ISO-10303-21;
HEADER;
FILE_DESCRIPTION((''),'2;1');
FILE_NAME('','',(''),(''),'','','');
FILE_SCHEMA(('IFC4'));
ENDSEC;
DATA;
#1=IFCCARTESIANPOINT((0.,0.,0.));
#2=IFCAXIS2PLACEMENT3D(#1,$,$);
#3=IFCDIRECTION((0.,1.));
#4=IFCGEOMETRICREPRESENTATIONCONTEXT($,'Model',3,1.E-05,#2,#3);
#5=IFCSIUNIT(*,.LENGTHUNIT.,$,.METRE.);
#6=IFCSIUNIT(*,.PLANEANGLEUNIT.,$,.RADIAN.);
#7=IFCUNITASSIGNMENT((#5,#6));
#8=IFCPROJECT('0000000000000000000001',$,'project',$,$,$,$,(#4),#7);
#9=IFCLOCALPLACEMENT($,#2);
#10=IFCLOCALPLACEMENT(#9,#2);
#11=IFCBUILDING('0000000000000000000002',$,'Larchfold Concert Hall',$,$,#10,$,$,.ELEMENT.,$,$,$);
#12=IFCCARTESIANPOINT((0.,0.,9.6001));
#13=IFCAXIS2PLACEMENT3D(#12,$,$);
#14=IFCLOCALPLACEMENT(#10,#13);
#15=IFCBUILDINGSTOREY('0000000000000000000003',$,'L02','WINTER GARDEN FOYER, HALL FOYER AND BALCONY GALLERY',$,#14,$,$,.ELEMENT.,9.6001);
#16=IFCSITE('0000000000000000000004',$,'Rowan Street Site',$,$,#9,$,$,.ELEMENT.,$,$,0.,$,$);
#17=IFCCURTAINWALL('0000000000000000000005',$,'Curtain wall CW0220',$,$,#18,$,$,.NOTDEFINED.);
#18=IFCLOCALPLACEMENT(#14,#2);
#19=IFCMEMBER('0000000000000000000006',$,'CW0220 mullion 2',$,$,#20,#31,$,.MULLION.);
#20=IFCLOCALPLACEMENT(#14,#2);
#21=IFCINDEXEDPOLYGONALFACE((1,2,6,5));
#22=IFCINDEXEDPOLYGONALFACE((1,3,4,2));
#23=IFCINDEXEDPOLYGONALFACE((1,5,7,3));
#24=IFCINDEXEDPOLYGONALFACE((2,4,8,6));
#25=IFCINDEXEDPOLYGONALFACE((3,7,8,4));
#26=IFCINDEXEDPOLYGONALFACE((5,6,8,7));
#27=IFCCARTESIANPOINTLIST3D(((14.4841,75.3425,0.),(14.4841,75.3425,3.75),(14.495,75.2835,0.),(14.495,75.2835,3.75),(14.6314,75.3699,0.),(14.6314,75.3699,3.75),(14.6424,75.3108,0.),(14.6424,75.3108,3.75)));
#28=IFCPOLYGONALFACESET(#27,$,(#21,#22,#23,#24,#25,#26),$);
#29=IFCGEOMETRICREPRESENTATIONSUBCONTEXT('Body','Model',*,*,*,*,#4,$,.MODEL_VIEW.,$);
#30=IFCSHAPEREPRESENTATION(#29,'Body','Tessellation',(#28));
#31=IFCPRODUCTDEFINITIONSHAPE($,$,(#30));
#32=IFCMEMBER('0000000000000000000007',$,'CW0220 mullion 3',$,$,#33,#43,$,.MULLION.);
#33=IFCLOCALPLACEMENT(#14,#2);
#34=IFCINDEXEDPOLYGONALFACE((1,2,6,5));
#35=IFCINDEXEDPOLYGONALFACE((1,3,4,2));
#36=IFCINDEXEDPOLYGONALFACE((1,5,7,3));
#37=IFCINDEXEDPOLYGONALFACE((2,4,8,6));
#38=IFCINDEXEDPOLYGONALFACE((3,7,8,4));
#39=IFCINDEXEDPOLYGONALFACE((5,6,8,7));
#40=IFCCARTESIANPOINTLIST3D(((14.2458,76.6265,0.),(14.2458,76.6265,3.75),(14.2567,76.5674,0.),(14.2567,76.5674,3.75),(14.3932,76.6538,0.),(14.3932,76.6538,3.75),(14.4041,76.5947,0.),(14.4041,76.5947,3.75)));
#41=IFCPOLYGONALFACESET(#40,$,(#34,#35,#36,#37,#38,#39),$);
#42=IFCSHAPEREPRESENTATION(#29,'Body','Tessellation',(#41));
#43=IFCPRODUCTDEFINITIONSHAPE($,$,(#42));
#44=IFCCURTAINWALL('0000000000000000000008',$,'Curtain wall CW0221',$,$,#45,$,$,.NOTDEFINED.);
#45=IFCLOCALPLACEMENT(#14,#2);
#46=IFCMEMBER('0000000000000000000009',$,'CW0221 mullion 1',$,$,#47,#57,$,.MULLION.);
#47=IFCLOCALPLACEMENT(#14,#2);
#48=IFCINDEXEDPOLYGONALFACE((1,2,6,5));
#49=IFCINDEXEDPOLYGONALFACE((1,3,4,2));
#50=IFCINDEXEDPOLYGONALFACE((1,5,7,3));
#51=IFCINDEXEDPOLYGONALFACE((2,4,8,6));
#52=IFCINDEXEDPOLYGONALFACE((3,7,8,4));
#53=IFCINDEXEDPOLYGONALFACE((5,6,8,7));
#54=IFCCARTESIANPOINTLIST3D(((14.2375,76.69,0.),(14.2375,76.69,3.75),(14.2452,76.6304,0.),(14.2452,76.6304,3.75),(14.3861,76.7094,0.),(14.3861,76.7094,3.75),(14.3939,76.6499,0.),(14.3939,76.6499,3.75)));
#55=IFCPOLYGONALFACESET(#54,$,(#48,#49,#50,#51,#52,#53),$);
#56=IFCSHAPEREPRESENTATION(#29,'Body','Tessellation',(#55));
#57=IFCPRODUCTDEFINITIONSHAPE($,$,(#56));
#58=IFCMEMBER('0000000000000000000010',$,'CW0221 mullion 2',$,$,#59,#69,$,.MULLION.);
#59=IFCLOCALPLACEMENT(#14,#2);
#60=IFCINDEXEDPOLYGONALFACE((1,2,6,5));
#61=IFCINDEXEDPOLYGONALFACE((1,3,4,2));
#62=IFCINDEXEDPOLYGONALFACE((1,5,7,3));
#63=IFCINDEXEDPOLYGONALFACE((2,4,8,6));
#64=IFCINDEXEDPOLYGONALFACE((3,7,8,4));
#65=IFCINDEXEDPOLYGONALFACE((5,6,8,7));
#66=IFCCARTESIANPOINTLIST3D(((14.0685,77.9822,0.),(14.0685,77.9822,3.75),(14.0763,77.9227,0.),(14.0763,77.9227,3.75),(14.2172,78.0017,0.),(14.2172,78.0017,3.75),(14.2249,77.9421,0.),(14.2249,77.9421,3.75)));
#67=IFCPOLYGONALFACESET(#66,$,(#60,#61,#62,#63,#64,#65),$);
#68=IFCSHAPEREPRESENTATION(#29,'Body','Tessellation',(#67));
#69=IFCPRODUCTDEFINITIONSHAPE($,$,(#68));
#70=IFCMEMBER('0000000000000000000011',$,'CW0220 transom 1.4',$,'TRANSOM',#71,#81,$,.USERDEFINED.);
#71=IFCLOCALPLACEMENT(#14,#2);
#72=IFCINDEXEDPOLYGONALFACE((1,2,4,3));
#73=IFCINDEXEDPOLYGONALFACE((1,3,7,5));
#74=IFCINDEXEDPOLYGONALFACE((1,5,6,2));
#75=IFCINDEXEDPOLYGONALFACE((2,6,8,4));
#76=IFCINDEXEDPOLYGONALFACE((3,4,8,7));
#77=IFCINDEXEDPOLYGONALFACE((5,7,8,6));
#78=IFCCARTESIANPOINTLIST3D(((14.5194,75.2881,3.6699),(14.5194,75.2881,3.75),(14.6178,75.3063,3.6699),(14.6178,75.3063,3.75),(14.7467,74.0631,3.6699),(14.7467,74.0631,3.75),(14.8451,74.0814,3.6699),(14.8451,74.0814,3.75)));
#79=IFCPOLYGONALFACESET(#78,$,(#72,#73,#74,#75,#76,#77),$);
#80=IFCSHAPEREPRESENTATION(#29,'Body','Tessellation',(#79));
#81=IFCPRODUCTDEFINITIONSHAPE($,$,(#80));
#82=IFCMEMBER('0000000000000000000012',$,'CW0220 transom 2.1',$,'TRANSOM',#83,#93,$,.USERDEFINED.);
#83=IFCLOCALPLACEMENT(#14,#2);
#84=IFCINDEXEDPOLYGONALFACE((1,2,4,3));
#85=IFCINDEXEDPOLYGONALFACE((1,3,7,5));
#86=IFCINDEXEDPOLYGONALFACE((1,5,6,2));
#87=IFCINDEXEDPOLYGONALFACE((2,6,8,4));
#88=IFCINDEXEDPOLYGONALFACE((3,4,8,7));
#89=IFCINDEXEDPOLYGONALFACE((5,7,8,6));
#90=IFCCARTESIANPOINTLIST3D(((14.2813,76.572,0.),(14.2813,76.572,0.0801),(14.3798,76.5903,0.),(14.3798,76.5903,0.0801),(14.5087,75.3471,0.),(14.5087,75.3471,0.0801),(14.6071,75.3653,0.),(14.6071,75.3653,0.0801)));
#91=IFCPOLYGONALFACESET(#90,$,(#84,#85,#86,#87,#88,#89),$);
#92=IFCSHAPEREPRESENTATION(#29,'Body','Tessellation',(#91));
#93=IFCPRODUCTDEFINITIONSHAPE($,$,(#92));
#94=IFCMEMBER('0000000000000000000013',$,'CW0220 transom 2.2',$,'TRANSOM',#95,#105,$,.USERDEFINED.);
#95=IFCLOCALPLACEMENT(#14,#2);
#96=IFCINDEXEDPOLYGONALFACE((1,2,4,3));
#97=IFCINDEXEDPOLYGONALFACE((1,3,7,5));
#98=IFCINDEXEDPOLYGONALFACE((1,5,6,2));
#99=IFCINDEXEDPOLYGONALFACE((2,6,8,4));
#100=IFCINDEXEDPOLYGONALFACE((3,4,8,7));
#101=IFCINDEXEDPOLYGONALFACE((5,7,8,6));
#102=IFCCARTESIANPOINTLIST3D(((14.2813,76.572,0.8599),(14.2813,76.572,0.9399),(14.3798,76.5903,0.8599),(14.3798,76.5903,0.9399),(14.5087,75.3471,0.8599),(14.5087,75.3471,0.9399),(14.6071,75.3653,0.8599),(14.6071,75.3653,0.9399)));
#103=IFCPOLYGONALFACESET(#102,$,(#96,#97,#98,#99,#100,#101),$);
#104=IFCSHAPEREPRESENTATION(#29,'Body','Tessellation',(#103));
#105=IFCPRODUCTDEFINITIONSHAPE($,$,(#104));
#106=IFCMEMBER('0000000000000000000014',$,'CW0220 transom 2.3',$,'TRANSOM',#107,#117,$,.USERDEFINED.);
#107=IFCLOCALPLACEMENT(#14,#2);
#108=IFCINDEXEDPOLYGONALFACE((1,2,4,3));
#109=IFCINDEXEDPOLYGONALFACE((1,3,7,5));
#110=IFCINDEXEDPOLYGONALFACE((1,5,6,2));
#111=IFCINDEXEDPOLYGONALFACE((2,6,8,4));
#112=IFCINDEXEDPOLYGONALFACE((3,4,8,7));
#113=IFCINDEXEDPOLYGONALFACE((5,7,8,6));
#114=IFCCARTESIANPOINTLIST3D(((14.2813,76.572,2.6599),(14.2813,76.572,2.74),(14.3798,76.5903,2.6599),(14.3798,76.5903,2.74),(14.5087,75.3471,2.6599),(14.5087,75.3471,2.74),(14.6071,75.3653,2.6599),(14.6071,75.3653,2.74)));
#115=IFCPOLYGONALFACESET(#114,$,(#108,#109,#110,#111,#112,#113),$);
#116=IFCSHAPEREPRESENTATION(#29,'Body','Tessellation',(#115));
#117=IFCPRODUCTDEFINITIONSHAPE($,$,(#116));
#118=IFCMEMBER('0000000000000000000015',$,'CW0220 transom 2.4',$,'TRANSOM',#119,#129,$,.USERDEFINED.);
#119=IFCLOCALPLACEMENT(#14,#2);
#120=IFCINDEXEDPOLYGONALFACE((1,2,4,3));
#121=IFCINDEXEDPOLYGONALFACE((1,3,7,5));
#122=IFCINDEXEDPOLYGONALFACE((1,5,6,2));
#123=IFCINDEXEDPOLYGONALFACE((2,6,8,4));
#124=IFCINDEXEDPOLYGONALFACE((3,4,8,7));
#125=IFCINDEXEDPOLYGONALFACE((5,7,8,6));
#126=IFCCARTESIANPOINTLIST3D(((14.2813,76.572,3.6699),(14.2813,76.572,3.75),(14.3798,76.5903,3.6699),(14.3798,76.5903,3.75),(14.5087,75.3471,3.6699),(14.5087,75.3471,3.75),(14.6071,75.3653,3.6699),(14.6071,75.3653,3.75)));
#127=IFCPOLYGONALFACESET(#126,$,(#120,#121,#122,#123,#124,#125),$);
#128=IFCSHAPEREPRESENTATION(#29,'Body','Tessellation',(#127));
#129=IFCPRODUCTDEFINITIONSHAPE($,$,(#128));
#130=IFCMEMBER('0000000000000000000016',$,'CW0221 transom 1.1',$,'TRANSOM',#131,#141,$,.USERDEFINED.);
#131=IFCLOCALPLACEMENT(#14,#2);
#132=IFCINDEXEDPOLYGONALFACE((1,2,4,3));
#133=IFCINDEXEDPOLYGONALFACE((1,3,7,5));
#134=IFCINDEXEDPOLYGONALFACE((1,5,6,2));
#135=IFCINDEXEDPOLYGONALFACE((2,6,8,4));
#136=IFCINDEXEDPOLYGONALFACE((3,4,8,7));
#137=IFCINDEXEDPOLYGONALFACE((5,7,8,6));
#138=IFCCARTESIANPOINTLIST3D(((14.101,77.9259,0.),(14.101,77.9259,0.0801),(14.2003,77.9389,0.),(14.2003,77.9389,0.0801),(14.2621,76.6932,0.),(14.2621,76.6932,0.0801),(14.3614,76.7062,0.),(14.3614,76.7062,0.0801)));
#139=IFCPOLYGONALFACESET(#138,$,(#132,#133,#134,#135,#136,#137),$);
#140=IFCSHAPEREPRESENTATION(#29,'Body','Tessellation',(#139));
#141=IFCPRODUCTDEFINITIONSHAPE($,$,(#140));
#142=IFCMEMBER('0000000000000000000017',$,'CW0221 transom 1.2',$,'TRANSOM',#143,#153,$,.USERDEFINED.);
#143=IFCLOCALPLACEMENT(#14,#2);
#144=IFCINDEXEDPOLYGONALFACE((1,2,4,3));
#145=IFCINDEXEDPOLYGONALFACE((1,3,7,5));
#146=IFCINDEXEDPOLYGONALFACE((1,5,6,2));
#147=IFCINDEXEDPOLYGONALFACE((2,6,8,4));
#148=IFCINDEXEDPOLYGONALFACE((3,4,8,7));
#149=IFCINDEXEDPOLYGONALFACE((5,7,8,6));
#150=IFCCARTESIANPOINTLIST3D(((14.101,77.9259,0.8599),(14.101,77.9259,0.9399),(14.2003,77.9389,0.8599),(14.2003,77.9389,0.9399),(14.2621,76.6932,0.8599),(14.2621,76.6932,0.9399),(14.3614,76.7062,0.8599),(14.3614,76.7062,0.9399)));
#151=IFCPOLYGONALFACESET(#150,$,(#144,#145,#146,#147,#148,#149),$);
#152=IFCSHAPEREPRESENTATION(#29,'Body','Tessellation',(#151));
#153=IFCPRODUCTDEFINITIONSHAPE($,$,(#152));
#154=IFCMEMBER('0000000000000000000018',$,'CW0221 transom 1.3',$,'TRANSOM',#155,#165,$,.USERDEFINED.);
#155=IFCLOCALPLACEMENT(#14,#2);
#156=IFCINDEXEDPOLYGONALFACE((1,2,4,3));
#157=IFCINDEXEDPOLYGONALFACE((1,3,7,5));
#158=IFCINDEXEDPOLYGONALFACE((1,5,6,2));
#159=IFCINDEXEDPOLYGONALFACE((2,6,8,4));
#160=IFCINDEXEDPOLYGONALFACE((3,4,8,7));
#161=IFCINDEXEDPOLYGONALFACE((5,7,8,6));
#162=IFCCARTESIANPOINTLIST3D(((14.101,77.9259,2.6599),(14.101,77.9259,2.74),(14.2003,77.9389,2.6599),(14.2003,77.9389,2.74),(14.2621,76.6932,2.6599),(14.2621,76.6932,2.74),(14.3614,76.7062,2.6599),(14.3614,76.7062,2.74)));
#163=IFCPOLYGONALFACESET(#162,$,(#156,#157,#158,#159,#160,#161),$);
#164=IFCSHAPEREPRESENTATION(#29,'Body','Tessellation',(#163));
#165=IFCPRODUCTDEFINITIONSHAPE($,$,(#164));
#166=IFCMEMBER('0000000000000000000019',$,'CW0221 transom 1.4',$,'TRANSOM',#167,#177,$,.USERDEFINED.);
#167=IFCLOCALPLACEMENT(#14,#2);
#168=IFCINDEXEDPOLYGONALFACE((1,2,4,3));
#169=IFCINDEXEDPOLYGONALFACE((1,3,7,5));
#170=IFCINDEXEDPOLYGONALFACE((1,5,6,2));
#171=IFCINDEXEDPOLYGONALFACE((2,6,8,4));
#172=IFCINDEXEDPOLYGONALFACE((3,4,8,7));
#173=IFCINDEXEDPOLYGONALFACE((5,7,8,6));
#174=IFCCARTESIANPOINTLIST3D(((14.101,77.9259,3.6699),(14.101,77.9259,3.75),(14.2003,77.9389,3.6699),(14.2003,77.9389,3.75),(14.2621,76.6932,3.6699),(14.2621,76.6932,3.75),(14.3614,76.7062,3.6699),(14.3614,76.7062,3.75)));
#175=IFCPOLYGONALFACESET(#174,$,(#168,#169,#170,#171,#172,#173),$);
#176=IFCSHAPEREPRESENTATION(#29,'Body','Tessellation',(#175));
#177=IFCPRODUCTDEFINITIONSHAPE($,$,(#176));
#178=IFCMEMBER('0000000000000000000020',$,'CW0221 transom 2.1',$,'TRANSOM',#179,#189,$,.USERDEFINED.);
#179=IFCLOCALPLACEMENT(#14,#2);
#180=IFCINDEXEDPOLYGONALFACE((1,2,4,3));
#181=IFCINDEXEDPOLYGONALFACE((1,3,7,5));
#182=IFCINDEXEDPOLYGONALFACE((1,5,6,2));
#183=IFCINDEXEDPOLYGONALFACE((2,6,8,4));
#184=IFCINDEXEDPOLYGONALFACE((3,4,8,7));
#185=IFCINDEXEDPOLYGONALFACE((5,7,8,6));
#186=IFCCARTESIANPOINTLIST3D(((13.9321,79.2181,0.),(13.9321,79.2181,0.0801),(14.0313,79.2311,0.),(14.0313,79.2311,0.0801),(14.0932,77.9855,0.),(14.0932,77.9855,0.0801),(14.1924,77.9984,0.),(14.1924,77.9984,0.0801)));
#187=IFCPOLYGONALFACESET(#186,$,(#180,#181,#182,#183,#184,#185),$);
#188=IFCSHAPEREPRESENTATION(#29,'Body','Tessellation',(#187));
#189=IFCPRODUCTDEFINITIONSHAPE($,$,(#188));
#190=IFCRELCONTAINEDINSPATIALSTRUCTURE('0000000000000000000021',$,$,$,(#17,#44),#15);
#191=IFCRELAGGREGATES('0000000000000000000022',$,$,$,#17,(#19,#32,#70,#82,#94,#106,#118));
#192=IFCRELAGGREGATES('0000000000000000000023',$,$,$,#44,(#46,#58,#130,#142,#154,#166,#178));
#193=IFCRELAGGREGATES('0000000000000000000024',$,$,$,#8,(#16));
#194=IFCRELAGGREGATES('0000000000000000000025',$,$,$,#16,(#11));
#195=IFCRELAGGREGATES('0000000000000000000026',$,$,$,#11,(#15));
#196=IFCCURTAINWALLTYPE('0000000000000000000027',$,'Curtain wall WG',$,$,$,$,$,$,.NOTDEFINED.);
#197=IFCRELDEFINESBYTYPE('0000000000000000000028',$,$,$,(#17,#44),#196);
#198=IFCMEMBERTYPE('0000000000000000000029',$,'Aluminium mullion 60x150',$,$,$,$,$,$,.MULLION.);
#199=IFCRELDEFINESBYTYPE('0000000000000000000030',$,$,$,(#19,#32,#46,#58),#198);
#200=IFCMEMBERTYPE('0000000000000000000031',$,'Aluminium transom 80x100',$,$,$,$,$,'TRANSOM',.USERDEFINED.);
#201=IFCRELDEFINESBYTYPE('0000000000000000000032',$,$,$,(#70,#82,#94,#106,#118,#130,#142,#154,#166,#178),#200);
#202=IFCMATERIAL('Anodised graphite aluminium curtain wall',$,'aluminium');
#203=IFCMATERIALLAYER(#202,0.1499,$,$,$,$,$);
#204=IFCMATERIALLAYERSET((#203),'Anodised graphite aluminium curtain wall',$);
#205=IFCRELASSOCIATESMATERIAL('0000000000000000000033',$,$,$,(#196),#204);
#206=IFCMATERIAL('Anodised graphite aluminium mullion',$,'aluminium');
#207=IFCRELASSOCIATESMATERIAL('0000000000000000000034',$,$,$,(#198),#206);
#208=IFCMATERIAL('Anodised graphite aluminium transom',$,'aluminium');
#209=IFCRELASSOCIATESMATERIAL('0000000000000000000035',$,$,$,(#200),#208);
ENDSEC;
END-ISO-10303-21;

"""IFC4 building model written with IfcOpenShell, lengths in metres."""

from ifc_helpers import new_model, si_unit, direction, frame, origin, origin_2d, place, context, subcontext, project, spatial, rectangle, extrude, material, layer, layer_set, material_profile, profile_set, type_object, element, aggregate, save


model = new_model("IFC4")

# Units and contexts
model_context = context("Model", 3, precision=1e-05, world=origin(), true_north=direction((0.0, 1.0)))
body_context = subcontext(model_context, "Body", "Model", "MODEL_VIEW")
ifc_project = project(units=[si_unit("LENGTHUNIT", "METRE"), si_unit("PLANEANGLEUNIT", "RADIAN")], contexts=[model_context])

# Site, building, storey
site_placement = place(None, origin())
site = spatial("IfcSite", under=ifc_project, at=site_placement, Name="Rowan Street Site", CompositionType="ELEMENT", RefElevation=0.0)
building_placement = place(site_placement, origin())
building = spatial("IfcBuilding", under=site, at=building_placement, Name="Larchfold Concert Hall", CompositionType="ELEMENT")
storey_placement = place(building_placement, frame((0.0, 0.0, 9.6001)))
storey = spatial("IfcBuildingStorey", under=building, at=storey_placement, Name="L02", Description="WINTER GARDEN FOYER, HALL FOYER AND BALCONY GALLERY", CompositionType="ELEMENT", Elevation=9.6001)

# Curtain walls, members
ifc_material_1 = material(Name="Anodised graphite aluminium curtain wall", Category="aluminium")
ifc_layer_1 = layer(ifc_material_1, 0.1499)
ifc_layer_set_1 = layer_set([ifc_layer_1], Name="Anodised graphite aluminium curtain wall")
curtain_wall_type = type_object("IfcCurtainWallType", Name="Curtain wall WG", PredefinedType="NOTDEFINED", material=ifc_layer_set_1)
curtain_wall_1_placement = place(storey_placement, origin())
curtain_wall_1 = element("IfcCurtainWall", 1, at=curtain_wall_1_placement, inside=storey, type_object=curtain_wall_type, Name="Curtain wall CW0220", PredefinedType="NOTDEFINED")
ifc_material_2 = material(Name="Anodised graphite aluminium mullion", Category="aluminium")
ifc_material_profile_1 = material_profile(ifc_material_2, rectangle(XDim=0.1499, YDim=0.0601, at=origin_2d()))
ifc_profile_set_1 = profile_set([ifc_material_profile_1], Name="Anodised graphite aluminium mullion")
member_type_1 = type_object("IfcMemberType", Name="Aluminium mullion 60x150", PredefinedType="MULLION", material=ifc_profile_set_1)
member_1_placement = place(storey_placement, frame((14.5632, 75.3267, 0.0), z_axis=(0.0, 0.0, 1.0), x_axis=(-0.983226, -0.18239, 0.0)))
member_1 = element("IfcMember", 2, at=member_1_placement, type_object=member_type_1, Name="CW0220 mullion 2", PredefinedType="MULLION", context=body_context, shape_type="SweptSolid", body=[
    extrude(rectangle(XDim=0.1499, YDim=0.0601, at=origin_2d()), origin(), (0.0, 0.0, 1.0), 3.75),
])
member_2_placement = place(storey_placement, frame((14.325, 76.6106, 0.0), z_axis=(0.0, 0.0, 1.0), x_axis=(-0.983226, -0.18239, 0.0)))
member_2 = element("IfcMember", 3, at=member_2_placement, type_object=member_type_1, Name="CW0220 mullion 3", PredefinedType="MULLION", context=body_context, shape_type="SweptSolid", body=[
    extrude(rectangle(XDim=0.1499, YDim=0.0601, at=origin_2d()), origin(), (0.0, 0.0, 1.0), 3.75),
])
curtain_wall_2_placement = place(storey_placement, origin())
curtain_wall_2 = element("IfcCurtainWall", 4, at=curtain_wall_2_placement, inside=storey, type_object=curtain_wall_type, Name="Curtain wall CW0221", PredefinedType="NOTDEFINED")
member_3_placement = place(storey_placement, frame((14.3157, 76.6699, 0.0), z_axis=(0.0, 0.0, 1.0), x_axis=(-0.991561, -0.129644, 0.0)))
member_3 = element("IfcMember", 5, at=member_3_placement, type_object=member_type_1, Name="CW0221 mullion 1", PredefinedType="MULLION", context=body_context, shape_type="SweptSolid", body=[
    extrude(rectangle(XDim=0.1499, YDim=0.0601, at=origin_2d()), origin(), (0.0, 0.0, 1.0), 3.75),
])
member_4_placement = place(storey_placement, frame((14.1467, 77.9622, 0.0), z_axis=(0.0, 0.0, 1.0), x_axis=(-0.991561, -0.129644, 0.0)))
member_4 = element("IfcMember", 6, at=member_4_placement, type_object=member_type_1, Name="CW0221 mullion 2", PredefinedType="MULLION", context=body_context, shape_type="SweptSolid", body=[
    extrude(rectangle(XDim=0.1499, YDim=0.0601, at=origin_2d()), origin(), (0.0, 0.0, 1.0), 3.75),
])

# Members
ifc_material_3 = material(Name="Anodised graphite aluminium transom", Category="aluminium")
ifc_material_profile_2 = material_profile(ifc_material_3, rectangle(XDim=0.1001, YDim=0.0801, at=origin_2d()))
ifc_profile_set_2 = profile_set([ifc_material_profile_2], Name="Anodised graphite aluminium transom")
member_type_2 = type_object("IfcMemberType", Name="Aluminium transom 80x100", ElementType="TRANSOM", PredefinedType="USERDEFINED", material=ifc_profile_set_2)
member_5_placement = place(storey_placement, frame((14.7959, 74.0723, 3.71), z_axis=(-0.182454, 0.983214, 0.0), x_axis=(-0.983214, -0.182454, 0.0)))
member_5 = element("IfcMember", 7, at=member_5_placement, type_object=member_type_2, Name="CW0220 transom 1.4", ObjectType="TRANSOM", PredefinedType="USERDEFINED", context=body_context, shape_type="SweptSolid", body=[
    extrude(rectangle(XDim=0.1001, YDim=0.0801, at=origin_2d()), origin(), (0.0, 0.0, 1.0), 1.2458),
])
member_6_placement = place(storey_placement, frame((14.5579, 75.3562, 0.04), z_axis=(-0.182454, 0.983214, 0.0), x_axis=(-0.983214, -0.182454, 0.0)))
member_6 = element("IfcMember", 8, at=member_6_placement, type_object=member_type_2, Name="CW0220 transom 2.1", ObjectType="TRANSOM", PredefinedType="USERDEFINED", context=body_context, shape_type="SweptSolid", body=[
    extrude(rectangle(XDim=0.1001, YDim=0.0801, at=origin_2d()), origin(), (0.0, 0.0, 1.0), 1.2458),
])
member_7_placement = place(storey_placement, frame((14.5579, 75.3562, 0.8999), z_axis=(-0.182454, 0.983214, 0.0), x_axis=(-0.983214, -0.182454, 0.0)))
member_7 = element("IfcMember", 9, at=member_7_placement, type_object=member_type_2, Name="CW0220 transom 2.2", ObjectType="TRANSOM", PredefinedType="USERDEFINED", context=body_context, shape_type="SweptSolid", body=[
    extrude(rectangle(XDim=0.1001, YDim=0.0801, at=origin_2d()), origin(), (0.0, 0.0, 1.0), 1.2458),
])
member_8_placement = place(storey_placement, frame((14.5579, 75.3562, 2.7), z_axis=(-0.182454, 0.983214, 0.0), x_axis=(-0.983214, -0.182454, 0.0)))
member_8 = element("IfcMember", 10, at=member_8_placement, type_object=member_type_2, Name="CW0220 transom 2.3", ObjectType="TRANSOM", PredefinedType="USERDEFINED", context=body_context, shape_type="SweptSolid", body=[
    extrude(rectangle(XDim=0.1001, YDim=0.0801, at=origin_2d()), origin(), (0.0, 0.0, 1.0), 1.2458),
])
member_9_placement = place(storey_placement, frame((14.5579, 75.3562, 3.71), z_axis=(-0.182454, 0.983214, 0.0), x_axis=(-0.983214, -0.182454, 0.0)))
member_9 = element("IfcMember", 11, at=member_9_placement, type_object=member_type_2, Name="CW0220 transom 2.4", ObjectType="TRANSOM", PredefinedType="USERDEFINED", context=body_context, shape_type="SweptSolid", body=[
    extrude(rectangle(XDim=0.1001, YDim=0.0801, at=origin_2d()), origin(), (0.0, 0.0, 1.0), 1.2458),
])
member_10_placement = place(storey_placement, frame((14.3118, 76.6997, 0.04), z_axis=(-0.129616, 0.991564, 0.0), x_axis=(-0.991564, -0.129616, 0.0)))
member_10 = element("IfcMember", 12, at=member_10_placement, type_object=member_type_2, Name="CW0221 transom 1.1", ObjectType="TRANSOM", PredefinedType="USERDEFINED", context=body_context, shape_type="SweptSolid", body=[
    extrude(rectangle(XDim=0.1001, YDim=0.0801, at=origin_2d()), origin(), (0.0, 0.0, 1.0), 1.2432),
])
member_11_placement = place(storey_placement, frame((14.3118, 76.6997, 0.8999), z_axis=(-0.129616, 0.991564, 0.0), x_axis=(-0.991564, -0.129616, 0.0)))
member_11 = element("IfcMember", 13, at=member_11_placement, type_object=member_type_2, Name="CW0221 transom 1.2", ObjectType="TRANSOM", PredefinedType="USERDEFINED", context=body_context, shape_type="SweptSolid", body=[
    extrude(rectangle(XDim=0.1001, YDim=0.0801, at=origin_2d()), origin(), (0.0, 0.0, 1.0), 1.2432),
])
member_12_placement = place(storey_placement, frame((14.3118, 76.6997, 2.7), z_axis=(-0.129616, 0.991564, 0.0), x_axis=(-0.991564, -0.129616, 0.0)))
member_12 = element("IfcMember", 14, at=member_12_placement, type_object=member_type_2, Name="CW0221 transom 1.3", ObjectType="TRANSOM", PredefinedType="USERDEFINED", context=body_context, shape_type="SweptSolid", body=[
    extrude(rectangle(XDim=0.1001, YDim=0.0801, at=origin_2d()), origin(), (0.0, 0.0, 1.0), 1.2432),
])
member_13_placement = place(storey_placement, frame((14.3118, 76.6997, 3.71), z_axis=(-0.129616, 0.991564, 0.0), x_axis=(-0.991564, -0.129616, 0.0)))
member_13 = element("IfcMember", 15, at=member_13_placement, type_object=member_type_2, Name="CW0221 transom 1.4", ObjectType="TRANSOM", PredefinedType="USERDEFINED", context=body_context, shape_type="SweptSolid", body=[
    extrude(rectangle(XDim=0.1001, YDim=0.0801, at=origin_2d()), origin(), (0.0, 0.0, 1.0), 1.2432),
])
member_14_placement = place(storey_placement, frame((14.1428, 77.9919, 0.04), z_axis=(-0.129616, 0.991564, 0.0), x_axis=(-0.991564, -0.129616, 0.0)))
member_14 = element("IfcMember", 16, at=member_14_placement, type_object=member_type_2, Name="CW0221 transom 2.1", ObjectType="TRANSOM", PredefinedType="USERDEFINED", context=body_context, shape_type="SweptSolid", body=[
    extrude(rectangle(XDim=0.1001, YDim=0.0801, at=origin_2d()), origin(), (0.0, 0.0, 1.0), 1.2432),
])

aggregate(curtain_wall_1, [member_1, member_2, member_5, member_6, member_7, member_8, member_9])
aggregate(curtain_wall_2, [member_3, member_4, member_10, member_11, member_12, member_13, member_14])

save(model, "model.ifc")
